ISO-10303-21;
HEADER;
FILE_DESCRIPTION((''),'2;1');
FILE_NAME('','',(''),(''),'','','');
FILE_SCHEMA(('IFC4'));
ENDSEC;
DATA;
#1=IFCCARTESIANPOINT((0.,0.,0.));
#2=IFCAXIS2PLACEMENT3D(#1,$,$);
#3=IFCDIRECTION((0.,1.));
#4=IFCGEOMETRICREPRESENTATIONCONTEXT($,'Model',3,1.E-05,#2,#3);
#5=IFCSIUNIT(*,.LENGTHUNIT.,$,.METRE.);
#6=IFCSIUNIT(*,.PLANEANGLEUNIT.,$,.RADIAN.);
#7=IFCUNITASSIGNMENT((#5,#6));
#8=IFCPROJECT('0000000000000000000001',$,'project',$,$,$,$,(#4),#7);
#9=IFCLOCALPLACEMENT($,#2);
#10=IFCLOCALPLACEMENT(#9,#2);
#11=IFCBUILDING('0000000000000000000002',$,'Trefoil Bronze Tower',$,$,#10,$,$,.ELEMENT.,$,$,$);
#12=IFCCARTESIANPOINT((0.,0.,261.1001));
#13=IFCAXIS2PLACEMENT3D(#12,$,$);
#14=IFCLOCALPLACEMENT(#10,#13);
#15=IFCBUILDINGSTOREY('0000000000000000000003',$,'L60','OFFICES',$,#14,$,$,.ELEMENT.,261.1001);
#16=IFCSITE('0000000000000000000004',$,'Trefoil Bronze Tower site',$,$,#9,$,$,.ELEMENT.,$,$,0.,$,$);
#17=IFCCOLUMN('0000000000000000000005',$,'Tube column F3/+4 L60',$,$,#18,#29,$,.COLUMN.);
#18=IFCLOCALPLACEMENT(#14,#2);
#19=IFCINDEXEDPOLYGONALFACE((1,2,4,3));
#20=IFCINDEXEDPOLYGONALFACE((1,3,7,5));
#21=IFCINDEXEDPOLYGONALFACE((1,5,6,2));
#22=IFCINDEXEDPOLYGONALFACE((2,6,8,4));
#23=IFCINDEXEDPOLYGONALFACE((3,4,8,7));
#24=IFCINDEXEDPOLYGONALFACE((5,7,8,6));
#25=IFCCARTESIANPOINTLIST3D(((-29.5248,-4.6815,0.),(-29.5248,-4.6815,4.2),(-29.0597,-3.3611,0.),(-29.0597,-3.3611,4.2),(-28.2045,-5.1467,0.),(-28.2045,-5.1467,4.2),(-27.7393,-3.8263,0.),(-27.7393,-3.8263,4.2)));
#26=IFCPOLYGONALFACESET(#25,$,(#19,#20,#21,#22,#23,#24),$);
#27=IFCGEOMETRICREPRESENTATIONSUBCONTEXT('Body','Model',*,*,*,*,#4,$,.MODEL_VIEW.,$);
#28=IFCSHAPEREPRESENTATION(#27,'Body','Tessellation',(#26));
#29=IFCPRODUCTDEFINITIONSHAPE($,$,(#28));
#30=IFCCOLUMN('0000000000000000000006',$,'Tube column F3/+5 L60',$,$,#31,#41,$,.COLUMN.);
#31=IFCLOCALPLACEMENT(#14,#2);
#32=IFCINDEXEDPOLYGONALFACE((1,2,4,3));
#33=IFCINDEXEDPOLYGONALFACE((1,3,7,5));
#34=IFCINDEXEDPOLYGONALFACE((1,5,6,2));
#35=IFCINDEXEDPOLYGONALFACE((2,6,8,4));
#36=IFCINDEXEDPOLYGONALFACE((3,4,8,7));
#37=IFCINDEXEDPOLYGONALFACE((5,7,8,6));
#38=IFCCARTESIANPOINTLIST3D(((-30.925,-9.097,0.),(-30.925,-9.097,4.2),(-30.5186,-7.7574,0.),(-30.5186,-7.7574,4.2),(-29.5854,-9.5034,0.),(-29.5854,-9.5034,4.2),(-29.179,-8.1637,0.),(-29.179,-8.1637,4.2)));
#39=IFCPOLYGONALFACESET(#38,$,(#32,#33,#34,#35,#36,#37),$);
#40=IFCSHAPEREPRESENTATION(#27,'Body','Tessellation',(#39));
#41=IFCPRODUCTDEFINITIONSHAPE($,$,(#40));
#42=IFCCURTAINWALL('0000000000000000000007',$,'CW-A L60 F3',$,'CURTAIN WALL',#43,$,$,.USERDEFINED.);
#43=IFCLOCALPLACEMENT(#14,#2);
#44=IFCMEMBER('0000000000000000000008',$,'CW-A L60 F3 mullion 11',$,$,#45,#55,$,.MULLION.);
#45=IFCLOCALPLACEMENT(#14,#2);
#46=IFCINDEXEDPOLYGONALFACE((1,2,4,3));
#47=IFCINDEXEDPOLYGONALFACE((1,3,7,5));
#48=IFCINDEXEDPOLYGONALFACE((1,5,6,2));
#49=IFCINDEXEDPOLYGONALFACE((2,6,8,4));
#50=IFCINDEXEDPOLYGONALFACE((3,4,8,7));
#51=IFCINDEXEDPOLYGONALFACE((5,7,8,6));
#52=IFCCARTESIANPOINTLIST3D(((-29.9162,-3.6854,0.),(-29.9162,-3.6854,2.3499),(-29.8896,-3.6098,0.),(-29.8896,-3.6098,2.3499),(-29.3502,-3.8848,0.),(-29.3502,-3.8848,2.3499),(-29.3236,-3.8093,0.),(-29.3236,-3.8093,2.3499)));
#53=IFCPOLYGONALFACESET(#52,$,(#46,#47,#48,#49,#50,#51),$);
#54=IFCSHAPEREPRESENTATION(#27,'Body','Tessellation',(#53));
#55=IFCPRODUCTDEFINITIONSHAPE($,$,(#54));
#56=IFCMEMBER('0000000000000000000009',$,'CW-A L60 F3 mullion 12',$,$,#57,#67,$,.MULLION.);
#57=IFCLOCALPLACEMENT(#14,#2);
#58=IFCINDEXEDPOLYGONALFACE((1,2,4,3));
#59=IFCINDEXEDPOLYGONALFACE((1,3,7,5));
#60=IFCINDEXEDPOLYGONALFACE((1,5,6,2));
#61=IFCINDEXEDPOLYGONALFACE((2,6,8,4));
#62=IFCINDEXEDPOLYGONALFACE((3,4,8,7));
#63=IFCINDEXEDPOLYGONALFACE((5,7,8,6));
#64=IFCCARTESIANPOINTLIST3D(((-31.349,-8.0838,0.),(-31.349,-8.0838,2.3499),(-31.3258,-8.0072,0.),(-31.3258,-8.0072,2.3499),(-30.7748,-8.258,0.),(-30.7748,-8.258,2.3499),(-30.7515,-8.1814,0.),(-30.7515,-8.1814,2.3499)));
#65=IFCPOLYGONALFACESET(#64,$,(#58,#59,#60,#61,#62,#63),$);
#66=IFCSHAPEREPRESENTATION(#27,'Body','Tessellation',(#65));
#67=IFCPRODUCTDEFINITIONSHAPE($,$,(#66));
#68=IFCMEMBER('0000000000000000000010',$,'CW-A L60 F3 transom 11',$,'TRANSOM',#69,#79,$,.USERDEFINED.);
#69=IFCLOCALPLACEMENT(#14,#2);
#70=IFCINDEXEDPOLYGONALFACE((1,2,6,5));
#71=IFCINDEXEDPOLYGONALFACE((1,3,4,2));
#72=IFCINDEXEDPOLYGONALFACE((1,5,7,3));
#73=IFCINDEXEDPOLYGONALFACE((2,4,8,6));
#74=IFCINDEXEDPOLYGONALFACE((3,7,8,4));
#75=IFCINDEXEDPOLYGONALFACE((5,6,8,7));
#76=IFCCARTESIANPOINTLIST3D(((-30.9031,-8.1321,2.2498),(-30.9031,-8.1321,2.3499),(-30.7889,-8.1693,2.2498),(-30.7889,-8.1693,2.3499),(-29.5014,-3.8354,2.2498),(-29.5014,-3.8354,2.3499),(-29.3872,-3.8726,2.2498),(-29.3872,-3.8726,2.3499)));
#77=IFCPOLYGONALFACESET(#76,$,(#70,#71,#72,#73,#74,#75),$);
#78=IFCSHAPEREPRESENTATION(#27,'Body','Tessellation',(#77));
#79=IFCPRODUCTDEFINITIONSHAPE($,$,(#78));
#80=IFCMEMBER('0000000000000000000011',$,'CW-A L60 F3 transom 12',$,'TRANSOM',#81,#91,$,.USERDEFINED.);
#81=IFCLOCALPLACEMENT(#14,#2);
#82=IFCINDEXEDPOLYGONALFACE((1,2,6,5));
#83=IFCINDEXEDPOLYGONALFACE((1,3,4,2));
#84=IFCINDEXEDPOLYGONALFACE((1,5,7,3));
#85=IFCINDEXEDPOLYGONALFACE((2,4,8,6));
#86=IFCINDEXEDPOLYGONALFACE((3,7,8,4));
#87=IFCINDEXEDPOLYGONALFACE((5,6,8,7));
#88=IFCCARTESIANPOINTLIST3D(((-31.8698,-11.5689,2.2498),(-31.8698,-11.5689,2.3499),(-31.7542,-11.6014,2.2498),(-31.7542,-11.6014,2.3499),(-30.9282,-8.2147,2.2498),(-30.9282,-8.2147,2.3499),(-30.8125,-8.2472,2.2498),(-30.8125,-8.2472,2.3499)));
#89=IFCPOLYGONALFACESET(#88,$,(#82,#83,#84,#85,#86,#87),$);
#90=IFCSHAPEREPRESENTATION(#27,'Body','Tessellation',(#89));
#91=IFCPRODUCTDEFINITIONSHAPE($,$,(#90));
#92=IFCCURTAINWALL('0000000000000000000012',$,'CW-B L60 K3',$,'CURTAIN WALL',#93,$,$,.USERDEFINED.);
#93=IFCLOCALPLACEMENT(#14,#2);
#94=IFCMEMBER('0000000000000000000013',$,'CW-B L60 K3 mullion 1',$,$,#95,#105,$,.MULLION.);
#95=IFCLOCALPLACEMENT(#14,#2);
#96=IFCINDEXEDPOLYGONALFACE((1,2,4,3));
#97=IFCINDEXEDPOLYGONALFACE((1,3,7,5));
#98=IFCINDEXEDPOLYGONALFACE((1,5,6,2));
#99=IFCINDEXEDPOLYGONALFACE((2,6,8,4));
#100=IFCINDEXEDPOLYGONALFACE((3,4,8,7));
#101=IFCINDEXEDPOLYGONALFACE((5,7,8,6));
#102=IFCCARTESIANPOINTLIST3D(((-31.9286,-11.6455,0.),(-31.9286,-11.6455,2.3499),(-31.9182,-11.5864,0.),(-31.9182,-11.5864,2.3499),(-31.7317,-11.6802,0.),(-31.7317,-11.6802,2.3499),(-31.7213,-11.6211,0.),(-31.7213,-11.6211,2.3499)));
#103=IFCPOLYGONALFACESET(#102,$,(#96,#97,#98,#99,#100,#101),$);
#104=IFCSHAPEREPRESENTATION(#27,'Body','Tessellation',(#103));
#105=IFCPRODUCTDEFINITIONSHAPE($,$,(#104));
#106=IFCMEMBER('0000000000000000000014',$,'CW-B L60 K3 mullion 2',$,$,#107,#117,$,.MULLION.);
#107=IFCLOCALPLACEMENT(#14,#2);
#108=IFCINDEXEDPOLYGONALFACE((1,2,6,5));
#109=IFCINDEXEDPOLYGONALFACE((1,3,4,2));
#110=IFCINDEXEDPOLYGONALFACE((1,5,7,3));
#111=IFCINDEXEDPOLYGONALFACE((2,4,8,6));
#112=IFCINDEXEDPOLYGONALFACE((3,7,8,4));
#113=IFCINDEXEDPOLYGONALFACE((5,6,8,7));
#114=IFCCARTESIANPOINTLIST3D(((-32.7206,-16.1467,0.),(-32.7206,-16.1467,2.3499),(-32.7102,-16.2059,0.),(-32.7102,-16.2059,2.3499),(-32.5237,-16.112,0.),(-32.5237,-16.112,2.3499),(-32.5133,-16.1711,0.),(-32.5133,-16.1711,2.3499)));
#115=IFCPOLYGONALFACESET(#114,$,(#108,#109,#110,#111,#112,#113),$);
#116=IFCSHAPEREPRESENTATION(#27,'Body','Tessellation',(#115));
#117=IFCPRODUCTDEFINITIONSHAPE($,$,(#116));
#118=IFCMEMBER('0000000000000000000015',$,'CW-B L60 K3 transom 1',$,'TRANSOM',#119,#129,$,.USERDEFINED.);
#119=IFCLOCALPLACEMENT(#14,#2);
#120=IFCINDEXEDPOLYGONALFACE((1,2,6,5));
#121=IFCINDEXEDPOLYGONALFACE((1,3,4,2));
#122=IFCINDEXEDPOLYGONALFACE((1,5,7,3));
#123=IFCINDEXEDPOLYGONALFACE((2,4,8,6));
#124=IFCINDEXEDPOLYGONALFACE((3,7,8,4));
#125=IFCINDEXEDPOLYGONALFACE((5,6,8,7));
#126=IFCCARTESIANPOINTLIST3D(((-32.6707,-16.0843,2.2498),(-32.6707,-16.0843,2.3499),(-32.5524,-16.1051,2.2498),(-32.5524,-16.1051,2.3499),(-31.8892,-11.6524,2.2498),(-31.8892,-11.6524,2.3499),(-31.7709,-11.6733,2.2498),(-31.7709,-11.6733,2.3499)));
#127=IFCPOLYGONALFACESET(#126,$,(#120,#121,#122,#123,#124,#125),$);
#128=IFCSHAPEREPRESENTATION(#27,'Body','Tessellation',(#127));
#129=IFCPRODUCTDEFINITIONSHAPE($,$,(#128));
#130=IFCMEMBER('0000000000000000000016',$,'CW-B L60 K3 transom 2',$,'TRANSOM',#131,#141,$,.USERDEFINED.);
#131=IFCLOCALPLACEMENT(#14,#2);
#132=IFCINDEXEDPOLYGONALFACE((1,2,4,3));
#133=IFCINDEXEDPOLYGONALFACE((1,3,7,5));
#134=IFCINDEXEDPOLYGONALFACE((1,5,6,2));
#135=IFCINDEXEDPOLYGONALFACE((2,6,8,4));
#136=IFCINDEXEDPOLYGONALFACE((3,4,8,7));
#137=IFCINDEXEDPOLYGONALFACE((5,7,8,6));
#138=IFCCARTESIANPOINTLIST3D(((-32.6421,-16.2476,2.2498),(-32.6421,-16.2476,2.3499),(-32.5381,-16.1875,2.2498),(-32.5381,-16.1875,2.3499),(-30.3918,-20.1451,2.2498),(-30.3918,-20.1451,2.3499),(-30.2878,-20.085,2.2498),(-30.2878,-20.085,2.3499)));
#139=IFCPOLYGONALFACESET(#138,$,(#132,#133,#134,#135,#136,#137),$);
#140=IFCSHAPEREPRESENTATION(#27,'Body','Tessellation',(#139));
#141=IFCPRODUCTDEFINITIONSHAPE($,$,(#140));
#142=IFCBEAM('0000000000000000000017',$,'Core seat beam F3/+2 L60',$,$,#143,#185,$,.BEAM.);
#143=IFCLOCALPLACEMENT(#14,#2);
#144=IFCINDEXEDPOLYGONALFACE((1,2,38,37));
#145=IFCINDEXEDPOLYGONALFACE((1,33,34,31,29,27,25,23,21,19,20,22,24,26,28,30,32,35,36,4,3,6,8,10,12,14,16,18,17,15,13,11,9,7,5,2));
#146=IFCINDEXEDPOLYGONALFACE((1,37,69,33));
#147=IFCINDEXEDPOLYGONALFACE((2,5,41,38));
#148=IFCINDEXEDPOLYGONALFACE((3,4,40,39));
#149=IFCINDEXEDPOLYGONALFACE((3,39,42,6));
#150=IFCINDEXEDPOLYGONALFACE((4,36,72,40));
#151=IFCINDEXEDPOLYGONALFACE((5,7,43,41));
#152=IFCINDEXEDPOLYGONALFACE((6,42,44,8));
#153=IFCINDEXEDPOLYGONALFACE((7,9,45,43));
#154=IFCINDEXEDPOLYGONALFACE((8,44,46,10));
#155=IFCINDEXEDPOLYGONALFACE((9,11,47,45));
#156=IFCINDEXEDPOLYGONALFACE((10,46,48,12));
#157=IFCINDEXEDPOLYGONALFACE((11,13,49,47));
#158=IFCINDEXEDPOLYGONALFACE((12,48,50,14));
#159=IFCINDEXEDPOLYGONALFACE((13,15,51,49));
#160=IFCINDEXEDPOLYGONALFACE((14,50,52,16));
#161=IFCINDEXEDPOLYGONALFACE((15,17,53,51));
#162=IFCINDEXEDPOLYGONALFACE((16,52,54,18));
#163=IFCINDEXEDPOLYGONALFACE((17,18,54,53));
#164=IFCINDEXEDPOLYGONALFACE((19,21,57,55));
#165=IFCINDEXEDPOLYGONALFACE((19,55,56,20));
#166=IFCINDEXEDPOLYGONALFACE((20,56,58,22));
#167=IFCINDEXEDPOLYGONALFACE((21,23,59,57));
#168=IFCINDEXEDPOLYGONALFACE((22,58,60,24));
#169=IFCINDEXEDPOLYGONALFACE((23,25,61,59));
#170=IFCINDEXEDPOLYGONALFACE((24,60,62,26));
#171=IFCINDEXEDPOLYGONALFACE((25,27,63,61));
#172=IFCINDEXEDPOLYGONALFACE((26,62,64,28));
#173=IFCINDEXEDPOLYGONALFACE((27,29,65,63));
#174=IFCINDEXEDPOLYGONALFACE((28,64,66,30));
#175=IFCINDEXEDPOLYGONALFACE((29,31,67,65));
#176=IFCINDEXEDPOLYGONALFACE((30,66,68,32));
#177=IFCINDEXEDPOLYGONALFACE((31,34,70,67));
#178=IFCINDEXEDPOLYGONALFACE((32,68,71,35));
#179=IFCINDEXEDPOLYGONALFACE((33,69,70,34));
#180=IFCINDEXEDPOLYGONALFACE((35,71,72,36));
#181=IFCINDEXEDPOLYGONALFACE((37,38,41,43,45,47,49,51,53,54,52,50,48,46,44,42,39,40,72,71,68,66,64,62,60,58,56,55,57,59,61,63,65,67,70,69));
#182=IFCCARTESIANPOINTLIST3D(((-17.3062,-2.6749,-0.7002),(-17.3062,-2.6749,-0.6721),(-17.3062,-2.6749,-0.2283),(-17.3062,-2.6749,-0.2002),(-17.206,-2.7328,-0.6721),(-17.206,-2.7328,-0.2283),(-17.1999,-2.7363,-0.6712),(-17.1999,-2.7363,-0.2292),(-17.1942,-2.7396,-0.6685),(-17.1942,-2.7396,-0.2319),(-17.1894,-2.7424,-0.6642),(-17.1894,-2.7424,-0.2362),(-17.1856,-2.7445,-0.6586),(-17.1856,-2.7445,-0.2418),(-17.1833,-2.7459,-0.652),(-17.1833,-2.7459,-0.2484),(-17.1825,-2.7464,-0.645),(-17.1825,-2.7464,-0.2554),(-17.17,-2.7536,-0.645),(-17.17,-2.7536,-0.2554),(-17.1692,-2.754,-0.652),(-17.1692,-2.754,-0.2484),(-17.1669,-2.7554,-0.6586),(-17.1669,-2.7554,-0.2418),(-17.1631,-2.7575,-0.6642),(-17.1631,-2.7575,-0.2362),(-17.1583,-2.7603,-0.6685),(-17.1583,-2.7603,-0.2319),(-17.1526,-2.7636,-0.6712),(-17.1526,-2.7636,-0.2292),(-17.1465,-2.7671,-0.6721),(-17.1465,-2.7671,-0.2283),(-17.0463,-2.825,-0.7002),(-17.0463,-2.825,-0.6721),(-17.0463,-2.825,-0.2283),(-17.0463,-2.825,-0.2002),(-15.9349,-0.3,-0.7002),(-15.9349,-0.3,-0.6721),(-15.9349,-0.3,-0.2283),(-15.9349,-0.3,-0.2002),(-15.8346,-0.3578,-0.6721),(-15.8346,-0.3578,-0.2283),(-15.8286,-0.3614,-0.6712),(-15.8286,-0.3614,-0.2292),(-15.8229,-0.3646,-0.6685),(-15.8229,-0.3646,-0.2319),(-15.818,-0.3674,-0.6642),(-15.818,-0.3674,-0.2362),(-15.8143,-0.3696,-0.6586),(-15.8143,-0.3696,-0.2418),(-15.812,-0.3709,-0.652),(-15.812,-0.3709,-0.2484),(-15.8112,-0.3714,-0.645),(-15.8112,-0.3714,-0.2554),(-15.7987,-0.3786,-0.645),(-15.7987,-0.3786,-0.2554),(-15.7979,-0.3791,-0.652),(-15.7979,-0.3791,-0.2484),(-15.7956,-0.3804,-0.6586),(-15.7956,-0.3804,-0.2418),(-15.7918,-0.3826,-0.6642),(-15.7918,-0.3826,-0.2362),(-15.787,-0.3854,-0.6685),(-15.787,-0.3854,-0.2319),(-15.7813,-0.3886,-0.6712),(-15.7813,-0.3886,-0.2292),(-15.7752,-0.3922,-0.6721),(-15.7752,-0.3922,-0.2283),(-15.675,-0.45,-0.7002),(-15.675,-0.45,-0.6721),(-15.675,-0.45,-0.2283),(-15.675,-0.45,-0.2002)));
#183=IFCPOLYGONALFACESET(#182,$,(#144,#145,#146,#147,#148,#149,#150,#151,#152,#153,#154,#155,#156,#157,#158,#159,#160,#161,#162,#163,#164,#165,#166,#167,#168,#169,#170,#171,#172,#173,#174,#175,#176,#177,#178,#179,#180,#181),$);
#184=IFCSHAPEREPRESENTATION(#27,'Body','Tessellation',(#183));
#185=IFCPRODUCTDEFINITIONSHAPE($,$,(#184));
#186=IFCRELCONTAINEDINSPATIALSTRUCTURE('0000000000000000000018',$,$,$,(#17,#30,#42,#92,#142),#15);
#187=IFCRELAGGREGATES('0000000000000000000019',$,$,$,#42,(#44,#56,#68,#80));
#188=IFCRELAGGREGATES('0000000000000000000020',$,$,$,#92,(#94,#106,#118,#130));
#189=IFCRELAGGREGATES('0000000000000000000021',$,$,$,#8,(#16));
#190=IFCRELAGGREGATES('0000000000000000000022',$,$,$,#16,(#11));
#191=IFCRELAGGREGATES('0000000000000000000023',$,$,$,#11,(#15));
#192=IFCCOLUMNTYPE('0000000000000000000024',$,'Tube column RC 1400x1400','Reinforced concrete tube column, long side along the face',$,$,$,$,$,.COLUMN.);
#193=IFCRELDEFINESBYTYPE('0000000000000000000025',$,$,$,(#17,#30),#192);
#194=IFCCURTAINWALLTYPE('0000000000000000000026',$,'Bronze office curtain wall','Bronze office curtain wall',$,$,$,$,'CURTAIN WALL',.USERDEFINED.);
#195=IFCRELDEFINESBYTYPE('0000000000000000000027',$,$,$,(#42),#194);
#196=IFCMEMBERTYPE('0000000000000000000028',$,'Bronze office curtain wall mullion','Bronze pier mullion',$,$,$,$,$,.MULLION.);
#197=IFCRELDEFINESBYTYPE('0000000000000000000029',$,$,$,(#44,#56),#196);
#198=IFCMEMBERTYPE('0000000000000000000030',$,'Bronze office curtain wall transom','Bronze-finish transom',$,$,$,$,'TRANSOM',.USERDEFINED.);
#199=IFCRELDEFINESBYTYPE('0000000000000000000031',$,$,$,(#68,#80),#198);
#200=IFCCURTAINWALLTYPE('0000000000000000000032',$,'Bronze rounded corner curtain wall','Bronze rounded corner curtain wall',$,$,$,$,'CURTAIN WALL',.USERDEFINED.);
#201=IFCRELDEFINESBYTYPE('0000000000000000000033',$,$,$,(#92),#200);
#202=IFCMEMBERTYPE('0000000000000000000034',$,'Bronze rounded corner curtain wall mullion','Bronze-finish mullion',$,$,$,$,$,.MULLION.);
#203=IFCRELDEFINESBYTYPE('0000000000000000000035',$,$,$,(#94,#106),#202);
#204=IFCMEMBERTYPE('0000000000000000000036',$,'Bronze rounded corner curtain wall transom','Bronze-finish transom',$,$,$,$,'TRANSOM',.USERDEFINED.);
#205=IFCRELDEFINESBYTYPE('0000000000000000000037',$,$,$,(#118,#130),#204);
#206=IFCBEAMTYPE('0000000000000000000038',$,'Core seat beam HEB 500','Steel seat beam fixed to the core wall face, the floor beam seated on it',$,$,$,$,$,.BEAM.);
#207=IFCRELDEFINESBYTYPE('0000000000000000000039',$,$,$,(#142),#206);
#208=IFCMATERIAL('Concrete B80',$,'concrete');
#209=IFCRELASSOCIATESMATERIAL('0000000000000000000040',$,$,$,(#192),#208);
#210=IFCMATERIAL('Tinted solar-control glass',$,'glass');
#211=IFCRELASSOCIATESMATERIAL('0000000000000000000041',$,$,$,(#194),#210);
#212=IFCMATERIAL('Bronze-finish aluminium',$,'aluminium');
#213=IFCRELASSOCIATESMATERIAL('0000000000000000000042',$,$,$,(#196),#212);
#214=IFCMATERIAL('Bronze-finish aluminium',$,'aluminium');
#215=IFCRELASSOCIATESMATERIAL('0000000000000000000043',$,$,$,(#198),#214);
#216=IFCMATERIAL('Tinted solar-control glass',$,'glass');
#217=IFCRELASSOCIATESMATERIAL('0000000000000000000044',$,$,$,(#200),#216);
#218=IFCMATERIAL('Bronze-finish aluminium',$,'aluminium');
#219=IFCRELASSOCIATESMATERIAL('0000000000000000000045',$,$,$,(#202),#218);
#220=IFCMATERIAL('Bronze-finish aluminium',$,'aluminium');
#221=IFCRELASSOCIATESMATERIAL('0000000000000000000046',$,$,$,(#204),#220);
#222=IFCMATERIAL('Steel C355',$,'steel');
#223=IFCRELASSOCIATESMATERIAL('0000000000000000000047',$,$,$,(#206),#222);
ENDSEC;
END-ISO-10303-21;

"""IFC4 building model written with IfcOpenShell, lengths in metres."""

from ifc_helpers import new_model, si_unit, direction, frame, origin, origin_2d, place, context, subcontext, project, spatial, rectangle, i_section, extrude, material, material_profile, profile_set, type_object, element, aggregate, save


model = new_model("IFC4")

# Units and contexts
model_context = context("Model", 3, precision=1e-05, world=origin(), true_north=direction((0.0, 1.0)))
body_context = subcontext(model_context, "Body", "Model", "MODEL_VIEW")
ifc_project = project(units=[si_unit("LENGTHUNIT", "METRE"), si_unit("PLANEANGLEUNIT", "RADIAN")], contexts=[model_context])

# Site, building, storey
site_placement = place(None, origin())
site = spatial("IfcSite", under=ifc_project, at=site_placement, Name="Trefoil Bronze Tower site", CompositionType="ELEMENT", RefElevation=0.0)
building_placement = place(site_placement, origin())
building = spatial("IfcBuilding", under=site, at=building_placement, Name="Trefoil Bronze Tower", CompositionType="ELEMENT")
storey_placement = place(building_placement, frame((0.0, 0.0, 261.1001)))
storey = spatial("IfcBuildingStorey", under=building, at=storey_placement, Name="L60", Description="OFFICES", CompositionType="ELEMENT", Elevation=261.1001)

# Columns
ifc_material_1 = material(Name="Concrete B80", Category="concrete")
ifc_material_profile_1 = material_profile(ifc_material_1, rectangle(XDim=1.3999, YDim=1.3999, at=origin_2d()), Name="RC 1400x1400")
ifc_profile_set_1 = profile_set([ifc_material_profile_1], Name="Concrete B80")
column_type = type_object("IfcColumnType", Name="Tube column RC 1400x1400", Description="Reinforced concrete tube column, long side along the face", PredefinedType="COLUMN", material=ifc_profile_set_1)
for number, where, z_axis, x_axis, name in (
    (1, (-28.6321, -4.2539, 0.0), (0.0, 0.0, 1.0), (-0.332282, -0.94318, 0.0), "Tube column F3/+4 L60"),
    (2, (-30.052, -8.6304, 0.0), (0.0, 0.0, 1.0), (-0.290278, -0.956942, 0.0), "Tube column F3/+5 L60"),
):
    element("IfcColumn", number, at=place(storey_placement, frame(where, z_axis=z_axis, x_axis=x_axis)), inside=storey, type_object=column_type, Name=name, PredefinedType="COLUMN", context=body_context, shape_type="SweptSolid", body=[
        extrude(rectangle(XDim=1.3999, YDim=1.3999, at=origin_2d()), origin(), (0.0, 0.0, 1.0), 4.2),
    ])

# Curtain walls, members
ifc_material_2 = material(Name="Tinted solar-control glass", Category="glass")
curtain_wall_type_1 = type_object("IfcCurtainWallType", Name="Bronze office curtain wall", Description="Bronze office curtain wall", ElementType="CURTAIN WALL", PredefinedType="USERDEFINED", material=ifc_material_2)
curtain_wall_1_placement = place(storey_placement, origin())
curtain_wall_1 = element("IfcCurtainWall", 3, at=curtain_wall_1_placement, inside=storey, type_object=curtain_wall_type_1, Name="CW-A L60 F3", ObjectType="CURTAIN WALL", PredefinedType="USERDEFINED")
ifc_material_3 = material(Name="Bronze-finish aluminium", Category="aluminium")
ifc_material_profile_2 = material_profile(ifc_material_3, rectangle(XDim=0.6001, YDim=0.0801, at=origin_2d()), Name="CW-A mullion")
ifc_profile_set_2 = profile_set([ifc_material_profile_2], Name="Bronze-finish aluminium")
member_type_1 = type_object("IfcMemberType", Name="Bronze office curtain wall mullion", Description="Bronze pier mullion", PredefinedType="MULLION", material=ifc_profile_set_2)
member_1_placement = place(storey_placement, frame((-29.6199, -3.7473, 0.0), z_axis=(0.0, 0.0, 1.0), x_axis=(0.94318, -0.332282, 0.0)))
member_1 = element("IfcMember", 4, at=member_1_placement, type_object=member_type_1, Name="CW-A L60 F3 mullion 11", PredefinedType="MULLION", context=body_context, shape_type="SweptSolid", body=[
    extrude(rectangle(XDim=0.6001, YDim=0.0801, at=origin_2d()), origin(), (0.0, 0.0, 1.0), 2.3499),
])
member_2_placement = place(storey_placement, frame((-31.0503, -8.1326, 0.0), z_axis=(0.0, 0.0, 1.0), x_axis=(0.956942, -0.290278, 0.0)))
member_2 = element("IfcMember", 5, at=member_2_placement, type_object=member_type_1, Name="CW-A L60 F3 mullion 12", PredefinedType="MULLION", context=body_context, shape_type="SweptSolid", body=[
    extrude(rectangle(XDim=0.6001, YDim=0.0801, at=origin_2d()), origin(), (0.0, 0.0, 1.0), 2.3499),
])
ifc_material_4 = material(Name="Bronze-finish aluminium", Category="aluminium")
ifc_material_profile_3 = material_profile(ifc_material_4, rectangle(XDim=0.1201, YDim=0.1001, at=origin_2d()), Name="CW-A transom")
ifc_profile_set_3 = profile_set([ifc_material_profile_3], Name="Bronze-finish aluminium")
member_type_2 = type_object("IfcMemberType", Name="Bronze office curtain wall transom", Description="Bronze-finish transom", ElementType="TRANSOM", PredefinedType="USERDEFINED", material=ifc_profile_set_3)
member_3_placement = place(storey_placement, frame((-29.4443, -3.854, 2.2998), z_axis=(-0.310128, -0.950695, 0.0), x_axis=(0.950695, -0.310128, 0.0)))
member_3 = element("IfcMember", 6, at=member_3_placement, type_object=member_type_2, Name="CW-A L60 F3 transom 11", ObjectType="TRANSOM", PredefinedType="USERDEFINED", context=body_context, shape_type="SweptSolid", body=[
    extrude(rectangle(XDim=0.1201, YDim=0.1001, at=origin_2d()), origin(), (0.0, 0.0, 1.0), 4.5195),
])
member_4_placement = place(storey_placement, frame((-30.8704, -8.231, 2.2998), z_axis=(-0.270285, -0.96278, 0.0), x_axis=(0.96278, -0.270285, 0.0)))
member_4 = element("IfcMember", 7, at=member_4_placement, type_object=member_type_2, Name="CW-A L60 F3 transom 12", ObjectType="TRANSOM", PredefinedType="USERDEFINED", context=body_context, shape_type="SweptSolid", body=[
    extrude(rectangle(XDim=0.1201, YDim=0.1001, at=origin_2d()), origin(), (0.0, 0.0, 1.0), 3.4839),
])
ifc_material_5 = material(Name="Tinted solar-control glass", Category="glass")
curtain_wall_type_2 = type_object("IfcCurtainWallType", Name="Bronze rounded corner curtain wall", Description="Bronze rounded corner curtain wall", ElementType="CURTAIN WALL", PredefinedType="USERDEFINED", material=ifc_material_5)
curtain_wall_2_placement = place(storey_placement, origin())
curtain_wall_2 = element("IfcCurtainWall", 8, at=curtain_wall_2_placement, inside=storey, type_object=curtain_wall_type_2, Name="CW-B L60 K3", ObjectType="CURTAIN WALL", PredefinedType="USERDEFINED")
ifc_material_6 = material(Name="Bronze-finish aluminium", Category="aluminium")
ifc_material_profile_4 = material_profile(ifc_material_6, rectangle(XDim=0.2, YDim=0.0601, at=origin_2d()), Name="CW-B mullion")
ifc_profile_set_4 = profile_set([ifc_material_profile_4], Name="Bronze-finish aluminium")
member_type_3 = type_object("IfcMemberType", Name="Bronze rounded corner curtain wall mullion", Description="Bronze-finish mullion", PredefinedType="MULLION", material=ifc_profile_set_4)
member_5_placement = place(storey_placement, frame((-31.825, -11.6333, 0.0), z_axis=(0.0, 0.0, 1.0), x_axis=(0.984808, -0.173648, 0.0)))
member_5 = element("IfcMember", 9, at=member_5_placement, type_object=member_type_3, Name="CW-B L60 K3 mullion 1", PredefinedType="MULLION", context=body_context, shape_type="SweptSolid", body=[
    extrude(rectangle(XDim=0.2, YDim=0.0601, at=origin_2d()), origin(), (0.0, 0.0, 1.0), 2.3499),
])
member_6_placement = place(storey_placement, frame((-32.6169, -16.1589, 0.0), z_axis=(0.0, 0.0, 1.0), x_axis=(0.984808, 0.173648, 0.0)))
member_6 = element("IfcMember", 10, at=member_6_placement, type_object=member_type_3, Name="CW-B L60 K3 mullion 2", PredefinedType="MULLION", context=body_context, shape_type="SweptSolid", body=[
    extrude(rectangle(XDim=0.2, YDim=0.0601, at=origin_2d()), origin(), (0.0, 0.0, 1.0), 2.3499),
])
ifc_material_7 = material(Name="Bronze-finish aluminium", Category="aluminium")
ifc_material_profile_5 = material_profile(ifc_material_7, rectangle(XDim=0.1201, YDim=0.1001, at=origin_2d()), Name="CW-B transom")
ifc_profile_set_5 = profile_set([ifc_material_profile_5], Name="Bronze-finish aluminium")
member_type_4 = type_object("IfcMemberType", Name="Bronze rounded corner curtain wall transom", Description="Bronze-finish transom", ElementType="TRANSOM", PredefinedType="USERDEFINED", material=ifc_profile_set_5)
member_7_placement = place(storey_placement, frame((-31.8301, -11.6628, 2.2998), z_axis=(-0.173655, -0.984806, 0.0), x_axis=(0.984806, -0.173655, 0.0)))
member_7 = element("IfcMember", 11, at=member_7_placement, type_object=member_type_4, Name="CW-B L60 K3 transom 1", ObjectType="TRANSOM", PredefinedType="USERDEFINED", context=body_context, shape_type="SweptSolid", body=[
    extrude(rectangle(XDim=0.1201, YDim=0.1001, at=origin_2d()), origin(), (0.0, 0.0, 1.0), 4.5002),
])
member_8_placement = place(storey_placement, frame((-32.5901, -16.2175, 2.2998), z_axis=(0.500007, -0.866021, 0.0), x_axis=(0.866021, 0.500007, 0.0)))
member_8 = element("IfcMember", 12, at=member_8_placement, type_object=member_type_4, Name="CW-B L60 K3 transom 2", ObjectType="TRANSOM", PredefinedType="USERDEFINED", context=body_context, shape_type="SweptSolid", body=[
    extrude(rectangle(XDim=0.1201, YDim=0.1001, at=origin_2d()), origin(), (0.0, 0.0, 1.0), 4.5005),
])

# Beam
ifc_material_8 = material(Name="Steel C355", Category="steel")
ifc_material_profile_6 = material_profile(ifc_material_8, i_section(OverallWidth=0.3, OverallDepth=0.5, WebThickness=0.0144, FlangeThickness=0.0281, FilletRadius=0.0271, at=origin_2d()), Name="HEB 500")
ifc_profile_set_6 = profile_set([ifc_material_profile_6], Name="Steel C355")
beam_type_1 = type_object("IfcBeamType", Name="Core seat beam HEB 500", Description="Steel seat beam fixed to the core wall face, the floor beam seated on it", PredefinedType="BEAM", material=ifc_profile_set_6)
beam_1_placement = place(storey_placement, frame((-15.8049, -0.375, -0.4502), z_axis=(-0.500036, -0.866005, 0.0), x_axis=(0.866005, -0.500036, 0.0)))
element("IfcBeam", 13, at=beam_1_placement, inside=storey, type_object=beam_type_1, Name="Core seat beam F3/+2 L60", PredefinedType="BEAM", context=body_context, shape_type="SweptSolid", body=[
    extrude(i_section(OverallWidth=0.3, OverallDepth=0.5, WebThickness=0.0144, FlangeThickness=0.0281, FilletRadius=0.0271, at=origin_2d()), origin(), (0.0, 0.0, 1.0), 2.7424),
])

aggregate(curtain_wall_1, [member_1, member_2, member_3, member_4])
aggregate(curtain_wall_2, [member_5, member_6, member_7, member_8])

save(model, "model.ifc")
